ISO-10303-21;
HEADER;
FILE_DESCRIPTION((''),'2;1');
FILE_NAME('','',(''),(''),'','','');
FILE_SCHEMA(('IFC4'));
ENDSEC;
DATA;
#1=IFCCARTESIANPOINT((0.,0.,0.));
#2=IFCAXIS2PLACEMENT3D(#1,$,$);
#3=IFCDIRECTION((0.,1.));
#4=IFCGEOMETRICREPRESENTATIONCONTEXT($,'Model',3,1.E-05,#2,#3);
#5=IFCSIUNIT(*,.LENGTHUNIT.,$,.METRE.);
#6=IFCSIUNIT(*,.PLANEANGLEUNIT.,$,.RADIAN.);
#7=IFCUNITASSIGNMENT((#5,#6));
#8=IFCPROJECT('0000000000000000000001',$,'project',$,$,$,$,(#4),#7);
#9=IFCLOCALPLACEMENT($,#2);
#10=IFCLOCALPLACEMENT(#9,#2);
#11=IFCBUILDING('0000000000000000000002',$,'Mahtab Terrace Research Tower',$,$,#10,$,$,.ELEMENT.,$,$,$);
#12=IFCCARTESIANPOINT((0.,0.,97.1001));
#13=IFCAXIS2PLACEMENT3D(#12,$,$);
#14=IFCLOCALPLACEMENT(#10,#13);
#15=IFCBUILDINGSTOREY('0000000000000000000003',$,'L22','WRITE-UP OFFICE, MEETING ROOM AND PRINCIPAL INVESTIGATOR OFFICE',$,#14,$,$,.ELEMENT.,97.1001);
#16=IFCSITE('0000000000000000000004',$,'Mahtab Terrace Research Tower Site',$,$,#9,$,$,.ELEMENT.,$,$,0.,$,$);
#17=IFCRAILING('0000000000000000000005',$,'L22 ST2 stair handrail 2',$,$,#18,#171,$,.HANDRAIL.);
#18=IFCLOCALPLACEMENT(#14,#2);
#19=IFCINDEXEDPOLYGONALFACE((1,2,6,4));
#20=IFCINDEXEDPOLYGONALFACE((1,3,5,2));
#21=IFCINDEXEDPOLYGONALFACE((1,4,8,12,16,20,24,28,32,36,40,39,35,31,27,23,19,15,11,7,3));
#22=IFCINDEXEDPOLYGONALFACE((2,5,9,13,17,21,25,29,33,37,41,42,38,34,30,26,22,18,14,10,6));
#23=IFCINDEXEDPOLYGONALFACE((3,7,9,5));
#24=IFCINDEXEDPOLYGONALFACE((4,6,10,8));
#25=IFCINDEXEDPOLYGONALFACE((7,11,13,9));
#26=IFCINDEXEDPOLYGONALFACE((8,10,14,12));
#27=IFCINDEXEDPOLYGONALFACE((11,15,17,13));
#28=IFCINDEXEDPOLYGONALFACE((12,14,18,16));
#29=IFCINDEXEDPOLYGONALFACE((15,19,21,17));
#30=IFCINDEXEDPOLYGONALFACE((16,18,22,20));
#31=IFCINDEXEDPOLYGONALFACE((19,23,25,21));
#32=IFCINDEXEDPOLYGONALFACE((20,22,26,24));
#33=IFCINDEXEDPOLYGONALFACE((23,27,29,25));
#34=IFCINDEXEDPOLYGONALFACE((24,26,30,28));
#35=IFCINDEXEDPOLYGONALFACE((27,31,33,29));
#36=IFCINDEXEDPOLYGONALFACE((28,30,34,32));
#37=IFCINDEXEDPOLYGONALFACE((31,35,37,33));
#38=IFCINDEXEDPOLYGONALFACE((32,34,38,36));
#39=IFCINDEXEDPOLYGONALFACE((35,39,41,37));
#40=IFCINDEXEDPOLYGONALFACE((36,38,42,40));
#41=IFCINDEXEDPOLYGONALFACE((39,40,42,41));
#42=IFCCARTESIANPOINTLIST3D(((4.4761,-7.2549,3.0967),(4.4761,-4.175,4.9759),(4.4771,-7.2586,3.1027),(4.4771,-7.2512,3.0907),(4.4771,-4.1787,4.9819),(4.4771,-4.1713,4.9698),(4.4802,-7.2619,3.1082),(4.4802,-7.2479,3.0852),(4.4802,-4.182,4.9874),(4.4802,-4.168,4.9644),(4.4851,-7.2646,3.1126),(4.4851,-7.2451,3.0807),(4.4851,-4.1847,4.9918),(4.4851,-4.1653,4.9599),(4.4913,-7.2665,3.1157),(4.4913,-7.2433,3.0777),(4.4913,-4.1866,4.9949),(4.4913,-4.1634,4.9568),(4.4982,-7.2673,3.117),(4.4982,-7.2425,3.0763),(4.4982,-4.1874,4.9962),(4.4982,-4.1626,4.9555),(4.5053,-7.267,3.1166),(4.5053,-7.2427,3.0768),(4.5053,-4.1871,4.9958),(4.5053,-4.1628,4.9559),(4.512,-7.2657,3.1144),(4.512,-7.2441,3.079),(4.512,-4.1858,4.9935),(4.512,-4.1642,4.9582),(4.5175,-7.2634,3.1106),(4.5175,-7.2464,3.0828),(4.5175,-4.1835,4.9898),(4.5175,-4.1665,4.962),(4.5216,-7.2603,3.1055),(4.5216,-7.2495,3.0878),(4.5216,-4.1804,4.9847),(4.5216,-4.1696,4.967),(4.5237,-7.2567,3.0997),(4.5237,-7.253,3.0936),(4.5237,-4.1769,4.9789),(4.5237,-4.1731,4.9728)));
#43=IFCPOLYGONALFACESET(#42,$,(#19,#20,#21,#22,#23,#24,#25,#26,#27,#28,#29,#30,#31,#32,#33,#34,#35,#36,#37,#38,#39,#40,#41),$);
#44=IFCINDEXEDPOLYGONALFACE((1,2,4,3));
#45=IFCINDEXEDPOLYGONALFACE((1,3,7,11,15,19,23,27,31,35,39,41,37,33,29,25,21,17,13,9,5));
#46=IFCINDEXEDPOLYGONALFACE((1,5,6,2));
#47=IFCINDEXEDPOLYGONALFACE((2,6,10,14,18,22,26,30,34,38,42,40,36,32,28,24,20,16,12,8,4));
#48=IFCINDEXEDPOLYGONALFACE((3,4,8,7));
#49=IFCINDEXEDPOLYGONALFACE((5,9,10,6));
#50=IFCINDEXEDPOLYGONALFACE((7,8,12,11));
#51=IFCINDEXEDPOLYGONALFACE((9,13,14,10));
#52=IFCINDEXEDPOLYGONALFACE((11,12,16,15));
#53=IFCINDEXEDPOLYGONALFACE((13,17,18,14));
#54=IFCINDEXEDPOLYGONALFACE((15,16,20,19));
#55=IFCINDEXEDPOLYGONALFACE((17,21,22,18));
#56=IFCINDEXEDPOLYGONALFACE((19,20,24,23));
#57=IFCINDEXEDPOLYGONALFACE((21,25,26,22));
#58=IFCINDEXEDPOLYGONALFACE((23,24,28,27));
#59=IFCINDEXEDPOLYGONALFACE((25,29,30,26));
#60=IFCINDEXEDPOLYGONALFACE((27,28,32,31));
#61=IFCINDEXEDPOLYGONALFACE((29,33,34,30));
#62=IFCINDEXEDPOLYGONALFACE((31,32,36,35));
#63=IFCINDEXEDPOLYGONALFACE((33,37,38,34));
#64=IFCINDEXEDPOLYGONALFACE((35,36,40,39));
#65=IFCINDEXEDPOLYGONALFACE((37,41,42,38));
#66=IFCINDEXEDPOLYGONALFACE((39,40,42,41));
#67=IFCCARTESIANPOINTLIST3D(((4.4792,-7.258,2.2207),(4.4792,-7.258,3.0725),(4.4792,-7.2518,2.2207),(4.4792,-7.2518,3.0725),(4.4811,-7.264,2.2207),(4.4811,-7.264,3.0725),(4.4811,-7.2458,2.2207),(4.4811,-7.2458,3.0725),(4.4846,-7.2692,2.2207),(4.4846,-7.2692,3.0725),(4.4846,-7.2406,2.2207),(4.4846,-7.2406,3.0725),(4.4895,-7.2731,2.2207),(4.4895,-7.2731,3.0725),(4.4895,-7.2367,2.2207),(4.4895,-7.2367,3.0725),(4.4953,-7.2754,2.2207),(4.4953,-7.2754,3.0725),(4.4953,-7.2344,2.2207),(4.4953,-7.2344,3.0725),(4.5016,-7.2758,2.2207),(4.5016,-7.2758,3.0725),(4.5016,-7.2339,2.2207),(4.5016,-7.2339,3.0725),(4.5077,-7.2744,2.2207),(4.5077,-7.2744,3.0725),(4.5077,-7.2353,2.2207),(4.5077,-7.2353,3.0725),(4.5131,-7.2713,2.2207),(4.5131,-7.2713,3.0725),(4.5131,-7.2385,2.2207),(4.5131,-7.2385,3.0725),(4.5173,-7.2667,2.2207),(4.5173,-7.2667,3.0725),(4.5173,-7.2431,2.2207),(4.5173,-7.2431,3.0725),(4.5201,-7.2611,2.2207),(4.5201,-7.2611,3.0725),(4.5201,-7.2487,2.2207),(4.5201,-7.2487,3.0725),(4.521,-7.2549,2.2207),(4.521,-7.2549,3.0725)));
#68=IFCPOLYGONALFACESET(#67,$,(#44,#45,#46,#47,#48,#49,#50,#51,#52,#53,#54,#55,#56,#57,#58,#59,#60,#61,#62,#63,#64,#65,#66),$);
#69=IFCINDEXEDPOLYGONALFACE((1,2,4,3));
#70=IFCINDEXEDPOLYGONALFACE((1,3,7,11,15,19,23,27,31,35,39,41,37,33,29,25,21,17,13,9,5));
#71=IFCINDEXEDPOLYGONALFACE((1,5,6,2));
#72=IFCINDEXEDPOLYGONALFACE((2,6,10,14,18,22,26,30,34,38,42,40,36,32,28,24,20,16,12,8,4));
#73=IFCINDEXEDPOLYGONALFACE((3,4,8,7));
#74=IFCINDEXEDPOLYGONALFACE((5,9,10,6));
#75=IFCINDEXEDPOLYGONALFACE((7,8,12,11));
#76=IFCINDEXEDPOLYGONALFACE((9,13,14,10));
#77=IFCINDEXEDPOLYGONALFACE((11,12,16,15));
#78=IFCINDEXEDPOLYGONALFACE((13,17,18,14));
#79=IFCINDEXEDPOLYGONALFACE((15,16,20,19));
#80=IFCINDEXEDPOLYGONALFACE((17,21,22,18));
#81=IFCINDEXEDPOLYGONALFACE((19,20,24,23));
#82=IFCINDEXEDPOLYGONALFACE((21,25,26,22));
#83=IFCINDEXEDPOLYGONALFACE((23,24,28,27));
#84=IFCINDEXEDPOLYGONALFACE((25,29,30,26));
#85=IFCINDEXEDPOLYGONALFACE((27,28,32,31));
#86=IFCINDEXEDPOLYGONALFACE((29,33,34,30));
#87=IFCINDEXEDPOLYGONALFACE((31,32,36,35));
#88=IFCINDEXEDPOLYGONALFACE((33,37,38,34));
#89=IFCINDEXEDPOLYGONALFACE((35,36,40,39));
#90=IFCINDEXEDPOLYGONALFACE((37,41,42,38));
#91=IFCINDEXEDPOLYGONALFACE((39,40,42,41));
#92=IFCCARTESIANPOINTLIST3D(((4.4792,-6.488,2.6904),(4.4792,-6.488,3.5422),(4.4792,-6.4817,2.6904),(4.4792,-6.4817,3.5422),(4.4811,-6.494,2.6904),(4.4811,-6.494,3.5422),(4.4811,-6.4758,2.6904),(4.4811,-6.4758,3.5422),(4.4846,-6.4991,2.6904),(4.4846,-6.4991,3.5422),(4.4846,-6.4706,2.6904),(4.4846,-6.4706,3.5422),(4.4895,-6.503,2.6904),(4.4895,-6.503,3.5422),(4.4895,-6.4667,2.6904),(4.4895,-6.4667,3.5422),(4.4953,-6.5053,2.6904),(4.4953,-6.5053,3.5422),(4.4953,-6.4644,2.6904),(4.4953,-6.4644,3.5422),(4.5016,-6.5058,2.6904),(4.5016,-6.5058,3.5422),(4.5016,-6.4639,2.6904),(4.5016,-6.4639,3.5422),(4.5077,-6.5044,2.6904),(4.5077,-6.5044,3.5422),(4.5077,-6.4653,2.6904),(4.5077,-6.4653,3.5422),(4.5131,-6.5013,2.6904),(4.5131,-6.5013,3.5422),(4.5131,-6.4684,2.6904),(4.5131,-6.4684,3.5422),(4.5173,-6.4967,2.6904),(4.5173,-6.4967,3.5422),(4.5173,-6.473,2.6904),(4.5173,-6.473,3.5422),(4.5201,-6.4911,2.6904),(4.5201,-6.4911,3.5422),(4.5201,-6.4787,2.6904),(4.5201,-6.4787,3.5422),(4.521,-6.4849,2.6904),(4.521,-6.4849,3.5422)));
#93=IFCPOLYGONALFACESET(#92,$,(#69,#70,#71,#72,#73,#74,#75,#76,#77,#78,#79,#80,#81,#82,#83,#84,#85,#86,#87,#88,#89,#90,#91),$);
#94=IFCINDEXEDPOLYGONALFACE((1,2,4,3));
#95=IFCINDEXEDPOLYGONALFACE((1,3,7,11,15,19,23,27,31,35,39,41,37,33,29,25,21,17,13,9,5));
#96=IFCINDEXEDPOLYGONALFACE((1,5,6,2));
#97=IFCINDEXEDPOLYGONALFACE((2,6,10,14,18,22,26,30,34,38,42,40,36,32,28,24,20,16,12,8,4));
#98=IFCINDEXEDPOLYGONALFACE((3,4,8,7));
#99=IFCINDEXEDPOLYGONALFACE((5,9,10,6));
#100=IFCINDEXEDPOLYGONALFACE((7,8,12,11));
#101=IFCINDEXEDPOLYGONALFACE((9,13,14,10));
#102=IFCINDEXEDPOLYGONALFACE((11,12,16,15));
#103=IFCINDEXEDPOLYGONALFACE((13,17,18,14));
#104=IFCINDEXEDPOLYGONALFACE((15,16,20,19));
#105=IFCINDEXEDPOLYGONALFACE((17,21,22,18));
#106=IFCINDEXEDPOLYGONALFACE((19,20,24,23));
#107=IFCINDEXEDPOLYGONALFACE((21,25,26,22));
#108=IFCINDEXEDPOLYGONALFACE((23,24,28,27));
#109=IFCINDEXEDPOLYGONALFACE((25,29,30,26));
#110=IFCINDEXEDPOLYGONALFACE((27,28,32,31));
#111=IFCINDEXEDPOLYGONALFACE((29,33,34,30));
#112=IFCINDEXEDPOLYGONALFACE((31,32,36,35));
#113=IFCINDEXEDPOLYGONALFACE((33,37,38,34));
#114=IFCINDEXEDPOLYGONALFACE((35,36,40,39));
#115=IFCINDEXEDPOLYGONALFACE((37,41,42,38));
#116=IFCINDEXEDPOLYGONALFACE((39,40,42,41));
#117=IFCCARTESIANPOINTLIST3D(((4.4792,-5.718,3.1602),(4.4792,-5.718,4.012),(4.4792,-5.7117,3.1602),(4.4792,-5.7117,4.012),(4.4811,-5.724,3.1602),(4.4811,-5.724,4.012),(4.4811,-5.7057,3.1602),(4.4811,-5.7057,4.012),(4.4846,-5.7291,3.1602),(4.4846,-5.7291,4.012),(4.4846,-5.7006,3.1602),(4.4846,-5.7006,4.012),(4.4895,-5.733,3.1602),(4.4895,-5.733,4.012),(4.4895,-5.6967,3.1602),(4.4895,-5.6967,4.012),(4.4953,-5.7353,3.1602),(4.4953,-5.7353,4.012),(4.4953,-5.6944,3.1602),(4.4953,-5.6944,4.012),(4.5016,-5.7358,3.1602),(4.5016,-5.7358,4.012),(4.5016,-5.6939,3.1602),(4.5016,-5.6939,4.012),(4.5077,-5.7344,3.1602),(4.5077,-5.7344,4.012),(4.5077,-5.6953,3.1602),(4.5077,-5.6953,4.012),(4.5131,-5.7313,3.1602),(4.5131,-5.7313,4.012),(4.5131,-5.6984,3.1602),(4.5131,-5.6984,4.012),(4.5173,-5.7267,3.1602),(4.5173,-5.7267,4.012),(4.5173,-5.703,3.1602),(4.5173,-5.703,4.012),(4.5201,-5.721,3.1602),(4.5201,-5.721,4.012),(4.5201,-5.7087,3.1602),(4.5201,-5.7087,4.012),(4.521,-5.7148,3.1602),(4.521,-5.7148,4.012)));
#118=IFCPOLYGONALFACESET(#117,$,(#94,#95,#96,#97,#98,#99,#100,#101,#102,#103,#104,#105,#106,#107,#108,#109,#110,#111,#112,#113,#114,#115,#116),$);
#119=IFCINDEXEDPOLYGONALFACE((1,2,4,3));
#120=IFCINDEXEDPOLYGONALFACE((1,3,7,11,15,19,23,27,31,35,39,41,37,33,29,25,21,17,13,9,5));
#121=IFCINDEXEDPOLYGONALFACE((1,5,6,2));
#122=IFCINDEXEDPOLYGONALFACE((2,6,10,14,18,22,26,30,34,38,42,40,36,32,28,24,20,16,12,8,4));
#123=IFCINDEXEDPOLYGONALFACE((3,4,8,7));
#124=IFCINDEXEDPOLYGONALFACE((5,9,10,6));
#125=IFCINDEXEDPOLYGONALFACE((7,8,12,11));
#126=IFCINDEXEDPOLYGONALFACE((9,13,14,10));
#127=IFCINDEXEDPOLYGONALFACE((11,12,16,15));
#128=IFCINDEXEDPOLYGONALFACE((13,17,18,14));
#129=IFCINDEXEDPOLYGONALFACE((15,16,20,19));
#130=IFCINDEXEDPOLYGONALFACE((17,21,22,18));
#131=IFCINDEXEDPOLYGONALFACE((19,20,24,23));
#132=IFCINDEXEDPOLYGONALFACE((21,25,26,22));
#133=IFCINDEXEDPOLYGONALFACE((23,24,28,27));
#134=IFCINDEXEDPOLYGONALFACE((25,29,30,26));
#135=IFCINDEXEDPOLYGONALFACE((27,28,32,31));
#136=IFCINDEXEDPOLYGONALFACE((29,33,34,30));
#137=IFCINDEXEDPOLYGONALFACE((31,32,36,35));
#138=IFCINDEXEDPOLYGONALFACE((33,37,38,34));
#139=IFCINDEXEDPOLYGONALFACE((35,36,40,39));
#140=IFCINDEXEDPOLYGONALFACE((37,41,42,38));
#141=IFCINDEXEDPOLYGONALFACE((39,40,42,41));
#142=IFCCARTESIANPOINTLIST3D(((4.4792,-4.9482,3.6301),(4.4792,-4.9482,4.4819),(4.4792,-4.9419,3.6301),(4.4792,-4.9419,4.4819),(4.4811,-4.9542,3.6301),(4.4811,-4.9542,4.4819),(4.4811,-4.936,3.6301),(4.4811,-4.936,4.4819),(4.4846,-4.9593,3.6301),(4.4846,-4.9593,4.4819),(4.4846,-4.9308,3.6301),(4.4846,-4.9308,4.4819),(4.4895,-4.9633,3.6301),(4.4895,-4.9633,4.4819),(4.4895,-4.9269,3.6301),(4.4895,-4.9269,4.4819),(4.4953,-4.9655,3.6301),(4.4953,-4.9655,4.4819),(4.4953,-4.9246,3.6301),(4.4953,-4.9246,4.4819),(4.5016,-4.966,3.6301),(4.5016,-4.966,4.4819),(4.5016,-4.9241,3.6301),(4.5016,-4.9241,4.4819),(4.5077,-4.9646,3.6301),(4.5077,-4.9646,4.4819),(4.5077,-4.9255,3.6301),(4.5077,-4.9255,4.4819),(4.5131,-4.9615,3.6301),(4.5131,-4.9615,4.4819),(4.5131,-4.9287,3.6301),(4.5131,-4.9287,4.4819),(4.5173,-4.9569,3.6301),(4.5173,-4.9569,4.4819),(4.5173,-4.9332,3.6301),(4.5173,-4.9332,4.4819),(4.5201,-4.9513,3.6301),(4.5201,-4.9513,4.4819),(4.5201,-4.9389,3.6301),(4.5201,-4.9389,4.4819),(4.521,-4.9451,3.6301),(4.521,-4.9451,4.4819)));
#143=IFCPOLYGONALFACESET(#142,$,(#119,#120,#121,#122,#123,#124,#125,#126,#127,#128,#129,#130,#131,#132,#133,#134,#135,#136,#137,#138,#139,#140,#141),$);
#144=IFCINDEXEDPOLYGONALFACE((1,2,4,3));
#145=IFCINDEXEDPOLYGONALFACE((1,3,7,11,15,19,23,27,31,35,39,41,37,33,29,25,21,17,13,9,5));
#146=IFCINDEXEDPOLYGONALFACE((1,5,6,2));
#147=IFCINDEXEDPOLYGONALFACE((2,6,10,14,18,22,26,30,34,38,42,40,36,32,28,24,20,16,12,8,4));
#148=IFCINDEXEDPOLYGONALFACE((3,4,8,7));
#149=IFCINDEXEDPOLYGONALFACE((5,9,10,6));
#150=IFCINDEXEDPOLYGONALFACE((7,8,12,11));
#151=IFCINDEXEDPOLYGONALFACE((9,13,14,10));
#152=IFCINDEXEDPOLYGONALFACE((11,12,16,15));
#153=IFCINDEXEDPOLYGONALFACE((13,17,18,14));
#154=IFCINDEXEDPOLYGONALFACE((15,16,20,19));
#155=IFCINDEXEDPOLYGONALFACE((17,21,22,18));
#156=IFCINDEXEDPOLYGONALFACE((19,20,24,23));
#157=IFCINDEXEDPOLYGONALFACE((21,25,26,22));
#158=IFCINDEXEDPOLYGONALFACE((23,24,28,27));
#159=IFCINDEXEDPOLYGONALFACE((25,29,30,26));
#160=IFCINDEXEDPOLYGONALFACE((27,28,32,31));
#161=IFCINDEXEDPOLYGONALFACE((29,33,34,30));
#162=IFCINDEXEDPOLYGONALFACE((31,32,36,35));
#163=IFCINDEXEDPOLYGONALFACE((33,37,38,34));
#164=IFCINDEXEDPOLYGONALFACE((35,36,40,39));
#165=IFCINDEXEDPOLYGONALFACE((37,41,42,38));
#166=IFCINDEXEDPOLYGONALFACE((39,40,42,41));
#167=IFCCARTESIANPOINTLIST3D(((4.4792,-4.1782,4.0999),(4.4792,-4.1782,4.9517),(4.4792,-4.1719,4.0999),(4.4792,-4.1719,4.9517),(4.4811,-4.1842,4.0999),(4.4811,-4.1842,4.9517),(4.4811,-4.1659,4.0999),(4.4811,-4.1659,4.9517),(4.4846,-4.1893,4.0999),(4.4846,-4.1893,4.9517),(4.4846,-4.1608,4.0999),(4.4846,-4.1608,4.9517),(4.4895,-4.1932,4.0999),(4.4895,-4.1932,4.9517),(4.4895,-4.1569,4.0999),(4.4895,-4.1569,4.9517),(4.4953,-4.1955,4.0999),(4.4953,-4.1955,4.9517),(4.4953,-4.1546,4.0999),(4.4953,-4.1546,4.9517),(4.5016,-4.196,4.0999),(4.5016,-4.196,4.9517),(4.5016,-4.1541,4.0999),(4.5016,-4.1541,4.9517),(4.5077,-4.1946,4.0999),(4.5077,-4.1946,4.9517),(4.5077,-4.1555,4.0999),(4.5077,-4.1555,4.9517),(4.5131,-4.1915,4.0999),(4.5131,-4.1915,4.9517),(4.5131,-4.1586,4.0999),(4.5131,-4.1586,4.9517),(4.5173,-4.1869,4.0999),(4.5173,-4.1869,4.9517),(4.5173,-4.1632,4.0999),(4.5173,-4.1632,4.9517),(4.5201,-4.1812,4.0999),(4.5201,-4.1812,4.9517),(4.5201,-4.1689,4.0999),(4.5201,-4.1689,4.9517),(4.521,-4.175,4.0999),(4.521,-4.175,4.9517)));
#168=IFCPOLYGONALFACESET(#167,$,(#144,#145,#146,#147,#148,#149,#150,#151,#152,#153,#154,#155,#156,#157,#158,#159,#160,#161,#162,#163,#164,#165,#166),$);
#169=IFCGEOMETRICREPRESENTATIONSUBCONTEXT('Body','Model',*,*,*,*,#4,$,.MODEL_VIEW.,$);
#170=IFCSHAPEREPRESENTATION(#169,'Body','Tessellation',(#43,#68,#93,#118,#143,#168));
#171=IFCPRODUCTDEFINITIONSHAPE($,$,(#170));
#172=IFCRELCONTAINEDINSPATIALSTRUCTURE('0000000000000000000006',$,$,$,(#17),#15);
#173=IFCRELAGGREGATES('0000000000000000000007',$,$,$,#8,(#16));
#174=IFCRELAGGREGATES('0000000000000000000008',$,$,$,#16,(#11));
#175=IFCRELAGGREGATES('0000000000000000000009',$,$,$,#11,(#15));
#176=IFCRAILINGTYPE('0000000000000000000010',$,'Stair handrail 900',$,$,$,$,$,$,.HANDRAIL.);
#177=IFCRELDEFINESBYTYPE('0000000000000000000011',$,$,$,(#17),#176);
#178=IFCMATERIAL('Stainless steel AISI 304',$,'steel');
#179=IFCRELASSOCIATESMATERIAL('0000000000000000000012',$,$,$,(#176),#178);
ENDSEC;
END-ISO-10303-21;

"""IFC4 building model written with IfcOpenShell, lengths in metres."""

from ifc_helpers import new_model, si_unit, direction, frame, origin, origin_2d, place, context, subcontext, project, spatial, circle, extrude, material, type_object, element, save


model = new_model("IFC4")

# Units and contexts
model_context = context("Model", 3, precision=1e-05, world=origin(), true_north=direction((0.0, 1.0)))
body_context = subcontext(model_context, "Body", "Model", "MODEL_VIEW")
ifc_project = project(units=[si_unit("LENGTHUNIT", "METRE"), si_unit("PLANEANGLEUNIT", "RADIAN")], contexts=[model_context])

# Site, building, storey
site_placement = place(None, origin())
site = spatial("IfcSite", under=ifc_project, at=site_placement, Name="Mahtab Terrace Research Tower Site", CompositionType="ELEMENT", RefElevation=0.0)
building_placement = place(site_placement, origin())
building = spatial("IfcBuilding", under=site, at=building_placement, Name="Mahtab Terrace Research Tower", CompositionType="ELEMENT")
storey_placement = place(building_placement, frame((0.0, 0.0, 97.1001)))
storey = spatial("IfcBuildingStorey", under=building, at=storey_placement, Name="L22", Description="WRITE-UP OFFICE, MEETING ROOM AND PRINCIPAL INVESTIGATOR OFFICE", CompositionType="ELEMENT", Elevation=97.1001)

# Railing
ifc_material_1 = material(Name="Stainless steel AISI 304", Category="steel")
railing_type_1 = type_object("IfcRailingType", Name="Stair handrail 900", PredefinedType="HANDRAIL", material=ifc_material_1)
railing_1_placement = place(storey_placement, frame((4.5, -7.2549, 2.2207)))
element("IfcRailing", 1, at=railing_1_placement, inside=storey, type_object=railing_type_1, Name="L22 ST2 stair handrail 2", PredefinedType="HANDRAIL", context=body_context, shape_type="SweptSolid", body=[
    extrude(circle(Radius=0.0239, at=origin_2d()), frame((0.0, 0.0, 0.876), z_axis=(0.0, 0.853648, 0.52085), x_axis=(-1.0, 0.0, 0.0)), (0.0, 0.0, 1.0), 3.6079),
    extrude(circle(Radius=0.021, at=origin_2d()), origin(), (0.0, 0.0, 1.0), 0.8518),
    extrude(circle(Radius=0.021, at=origin_2d()), frame((0.0, 0.77, 0.4697)), (0.0, 0.0, 1.0), 0.8518),
    extrude(circle(Radius=0.021, at=origin_2d()), frame((0.0, 1.54, 0.9395)), (0.0, 0.0, 1.0), 0.8518),
    extrude(circle(Radius=0.021, at=origin_2d()), frame((0.0, 2.3098, 1.4094)), (0.0, 0.0, 1.0), 0.8518),
    extrude(circle(Radius=0.021, at=origin_2d()), frame((0.0, 3.0798, 1.8792)), (0.0, 0.0, 1.0), 0.8518),
])

save(model, "model.ifc")
